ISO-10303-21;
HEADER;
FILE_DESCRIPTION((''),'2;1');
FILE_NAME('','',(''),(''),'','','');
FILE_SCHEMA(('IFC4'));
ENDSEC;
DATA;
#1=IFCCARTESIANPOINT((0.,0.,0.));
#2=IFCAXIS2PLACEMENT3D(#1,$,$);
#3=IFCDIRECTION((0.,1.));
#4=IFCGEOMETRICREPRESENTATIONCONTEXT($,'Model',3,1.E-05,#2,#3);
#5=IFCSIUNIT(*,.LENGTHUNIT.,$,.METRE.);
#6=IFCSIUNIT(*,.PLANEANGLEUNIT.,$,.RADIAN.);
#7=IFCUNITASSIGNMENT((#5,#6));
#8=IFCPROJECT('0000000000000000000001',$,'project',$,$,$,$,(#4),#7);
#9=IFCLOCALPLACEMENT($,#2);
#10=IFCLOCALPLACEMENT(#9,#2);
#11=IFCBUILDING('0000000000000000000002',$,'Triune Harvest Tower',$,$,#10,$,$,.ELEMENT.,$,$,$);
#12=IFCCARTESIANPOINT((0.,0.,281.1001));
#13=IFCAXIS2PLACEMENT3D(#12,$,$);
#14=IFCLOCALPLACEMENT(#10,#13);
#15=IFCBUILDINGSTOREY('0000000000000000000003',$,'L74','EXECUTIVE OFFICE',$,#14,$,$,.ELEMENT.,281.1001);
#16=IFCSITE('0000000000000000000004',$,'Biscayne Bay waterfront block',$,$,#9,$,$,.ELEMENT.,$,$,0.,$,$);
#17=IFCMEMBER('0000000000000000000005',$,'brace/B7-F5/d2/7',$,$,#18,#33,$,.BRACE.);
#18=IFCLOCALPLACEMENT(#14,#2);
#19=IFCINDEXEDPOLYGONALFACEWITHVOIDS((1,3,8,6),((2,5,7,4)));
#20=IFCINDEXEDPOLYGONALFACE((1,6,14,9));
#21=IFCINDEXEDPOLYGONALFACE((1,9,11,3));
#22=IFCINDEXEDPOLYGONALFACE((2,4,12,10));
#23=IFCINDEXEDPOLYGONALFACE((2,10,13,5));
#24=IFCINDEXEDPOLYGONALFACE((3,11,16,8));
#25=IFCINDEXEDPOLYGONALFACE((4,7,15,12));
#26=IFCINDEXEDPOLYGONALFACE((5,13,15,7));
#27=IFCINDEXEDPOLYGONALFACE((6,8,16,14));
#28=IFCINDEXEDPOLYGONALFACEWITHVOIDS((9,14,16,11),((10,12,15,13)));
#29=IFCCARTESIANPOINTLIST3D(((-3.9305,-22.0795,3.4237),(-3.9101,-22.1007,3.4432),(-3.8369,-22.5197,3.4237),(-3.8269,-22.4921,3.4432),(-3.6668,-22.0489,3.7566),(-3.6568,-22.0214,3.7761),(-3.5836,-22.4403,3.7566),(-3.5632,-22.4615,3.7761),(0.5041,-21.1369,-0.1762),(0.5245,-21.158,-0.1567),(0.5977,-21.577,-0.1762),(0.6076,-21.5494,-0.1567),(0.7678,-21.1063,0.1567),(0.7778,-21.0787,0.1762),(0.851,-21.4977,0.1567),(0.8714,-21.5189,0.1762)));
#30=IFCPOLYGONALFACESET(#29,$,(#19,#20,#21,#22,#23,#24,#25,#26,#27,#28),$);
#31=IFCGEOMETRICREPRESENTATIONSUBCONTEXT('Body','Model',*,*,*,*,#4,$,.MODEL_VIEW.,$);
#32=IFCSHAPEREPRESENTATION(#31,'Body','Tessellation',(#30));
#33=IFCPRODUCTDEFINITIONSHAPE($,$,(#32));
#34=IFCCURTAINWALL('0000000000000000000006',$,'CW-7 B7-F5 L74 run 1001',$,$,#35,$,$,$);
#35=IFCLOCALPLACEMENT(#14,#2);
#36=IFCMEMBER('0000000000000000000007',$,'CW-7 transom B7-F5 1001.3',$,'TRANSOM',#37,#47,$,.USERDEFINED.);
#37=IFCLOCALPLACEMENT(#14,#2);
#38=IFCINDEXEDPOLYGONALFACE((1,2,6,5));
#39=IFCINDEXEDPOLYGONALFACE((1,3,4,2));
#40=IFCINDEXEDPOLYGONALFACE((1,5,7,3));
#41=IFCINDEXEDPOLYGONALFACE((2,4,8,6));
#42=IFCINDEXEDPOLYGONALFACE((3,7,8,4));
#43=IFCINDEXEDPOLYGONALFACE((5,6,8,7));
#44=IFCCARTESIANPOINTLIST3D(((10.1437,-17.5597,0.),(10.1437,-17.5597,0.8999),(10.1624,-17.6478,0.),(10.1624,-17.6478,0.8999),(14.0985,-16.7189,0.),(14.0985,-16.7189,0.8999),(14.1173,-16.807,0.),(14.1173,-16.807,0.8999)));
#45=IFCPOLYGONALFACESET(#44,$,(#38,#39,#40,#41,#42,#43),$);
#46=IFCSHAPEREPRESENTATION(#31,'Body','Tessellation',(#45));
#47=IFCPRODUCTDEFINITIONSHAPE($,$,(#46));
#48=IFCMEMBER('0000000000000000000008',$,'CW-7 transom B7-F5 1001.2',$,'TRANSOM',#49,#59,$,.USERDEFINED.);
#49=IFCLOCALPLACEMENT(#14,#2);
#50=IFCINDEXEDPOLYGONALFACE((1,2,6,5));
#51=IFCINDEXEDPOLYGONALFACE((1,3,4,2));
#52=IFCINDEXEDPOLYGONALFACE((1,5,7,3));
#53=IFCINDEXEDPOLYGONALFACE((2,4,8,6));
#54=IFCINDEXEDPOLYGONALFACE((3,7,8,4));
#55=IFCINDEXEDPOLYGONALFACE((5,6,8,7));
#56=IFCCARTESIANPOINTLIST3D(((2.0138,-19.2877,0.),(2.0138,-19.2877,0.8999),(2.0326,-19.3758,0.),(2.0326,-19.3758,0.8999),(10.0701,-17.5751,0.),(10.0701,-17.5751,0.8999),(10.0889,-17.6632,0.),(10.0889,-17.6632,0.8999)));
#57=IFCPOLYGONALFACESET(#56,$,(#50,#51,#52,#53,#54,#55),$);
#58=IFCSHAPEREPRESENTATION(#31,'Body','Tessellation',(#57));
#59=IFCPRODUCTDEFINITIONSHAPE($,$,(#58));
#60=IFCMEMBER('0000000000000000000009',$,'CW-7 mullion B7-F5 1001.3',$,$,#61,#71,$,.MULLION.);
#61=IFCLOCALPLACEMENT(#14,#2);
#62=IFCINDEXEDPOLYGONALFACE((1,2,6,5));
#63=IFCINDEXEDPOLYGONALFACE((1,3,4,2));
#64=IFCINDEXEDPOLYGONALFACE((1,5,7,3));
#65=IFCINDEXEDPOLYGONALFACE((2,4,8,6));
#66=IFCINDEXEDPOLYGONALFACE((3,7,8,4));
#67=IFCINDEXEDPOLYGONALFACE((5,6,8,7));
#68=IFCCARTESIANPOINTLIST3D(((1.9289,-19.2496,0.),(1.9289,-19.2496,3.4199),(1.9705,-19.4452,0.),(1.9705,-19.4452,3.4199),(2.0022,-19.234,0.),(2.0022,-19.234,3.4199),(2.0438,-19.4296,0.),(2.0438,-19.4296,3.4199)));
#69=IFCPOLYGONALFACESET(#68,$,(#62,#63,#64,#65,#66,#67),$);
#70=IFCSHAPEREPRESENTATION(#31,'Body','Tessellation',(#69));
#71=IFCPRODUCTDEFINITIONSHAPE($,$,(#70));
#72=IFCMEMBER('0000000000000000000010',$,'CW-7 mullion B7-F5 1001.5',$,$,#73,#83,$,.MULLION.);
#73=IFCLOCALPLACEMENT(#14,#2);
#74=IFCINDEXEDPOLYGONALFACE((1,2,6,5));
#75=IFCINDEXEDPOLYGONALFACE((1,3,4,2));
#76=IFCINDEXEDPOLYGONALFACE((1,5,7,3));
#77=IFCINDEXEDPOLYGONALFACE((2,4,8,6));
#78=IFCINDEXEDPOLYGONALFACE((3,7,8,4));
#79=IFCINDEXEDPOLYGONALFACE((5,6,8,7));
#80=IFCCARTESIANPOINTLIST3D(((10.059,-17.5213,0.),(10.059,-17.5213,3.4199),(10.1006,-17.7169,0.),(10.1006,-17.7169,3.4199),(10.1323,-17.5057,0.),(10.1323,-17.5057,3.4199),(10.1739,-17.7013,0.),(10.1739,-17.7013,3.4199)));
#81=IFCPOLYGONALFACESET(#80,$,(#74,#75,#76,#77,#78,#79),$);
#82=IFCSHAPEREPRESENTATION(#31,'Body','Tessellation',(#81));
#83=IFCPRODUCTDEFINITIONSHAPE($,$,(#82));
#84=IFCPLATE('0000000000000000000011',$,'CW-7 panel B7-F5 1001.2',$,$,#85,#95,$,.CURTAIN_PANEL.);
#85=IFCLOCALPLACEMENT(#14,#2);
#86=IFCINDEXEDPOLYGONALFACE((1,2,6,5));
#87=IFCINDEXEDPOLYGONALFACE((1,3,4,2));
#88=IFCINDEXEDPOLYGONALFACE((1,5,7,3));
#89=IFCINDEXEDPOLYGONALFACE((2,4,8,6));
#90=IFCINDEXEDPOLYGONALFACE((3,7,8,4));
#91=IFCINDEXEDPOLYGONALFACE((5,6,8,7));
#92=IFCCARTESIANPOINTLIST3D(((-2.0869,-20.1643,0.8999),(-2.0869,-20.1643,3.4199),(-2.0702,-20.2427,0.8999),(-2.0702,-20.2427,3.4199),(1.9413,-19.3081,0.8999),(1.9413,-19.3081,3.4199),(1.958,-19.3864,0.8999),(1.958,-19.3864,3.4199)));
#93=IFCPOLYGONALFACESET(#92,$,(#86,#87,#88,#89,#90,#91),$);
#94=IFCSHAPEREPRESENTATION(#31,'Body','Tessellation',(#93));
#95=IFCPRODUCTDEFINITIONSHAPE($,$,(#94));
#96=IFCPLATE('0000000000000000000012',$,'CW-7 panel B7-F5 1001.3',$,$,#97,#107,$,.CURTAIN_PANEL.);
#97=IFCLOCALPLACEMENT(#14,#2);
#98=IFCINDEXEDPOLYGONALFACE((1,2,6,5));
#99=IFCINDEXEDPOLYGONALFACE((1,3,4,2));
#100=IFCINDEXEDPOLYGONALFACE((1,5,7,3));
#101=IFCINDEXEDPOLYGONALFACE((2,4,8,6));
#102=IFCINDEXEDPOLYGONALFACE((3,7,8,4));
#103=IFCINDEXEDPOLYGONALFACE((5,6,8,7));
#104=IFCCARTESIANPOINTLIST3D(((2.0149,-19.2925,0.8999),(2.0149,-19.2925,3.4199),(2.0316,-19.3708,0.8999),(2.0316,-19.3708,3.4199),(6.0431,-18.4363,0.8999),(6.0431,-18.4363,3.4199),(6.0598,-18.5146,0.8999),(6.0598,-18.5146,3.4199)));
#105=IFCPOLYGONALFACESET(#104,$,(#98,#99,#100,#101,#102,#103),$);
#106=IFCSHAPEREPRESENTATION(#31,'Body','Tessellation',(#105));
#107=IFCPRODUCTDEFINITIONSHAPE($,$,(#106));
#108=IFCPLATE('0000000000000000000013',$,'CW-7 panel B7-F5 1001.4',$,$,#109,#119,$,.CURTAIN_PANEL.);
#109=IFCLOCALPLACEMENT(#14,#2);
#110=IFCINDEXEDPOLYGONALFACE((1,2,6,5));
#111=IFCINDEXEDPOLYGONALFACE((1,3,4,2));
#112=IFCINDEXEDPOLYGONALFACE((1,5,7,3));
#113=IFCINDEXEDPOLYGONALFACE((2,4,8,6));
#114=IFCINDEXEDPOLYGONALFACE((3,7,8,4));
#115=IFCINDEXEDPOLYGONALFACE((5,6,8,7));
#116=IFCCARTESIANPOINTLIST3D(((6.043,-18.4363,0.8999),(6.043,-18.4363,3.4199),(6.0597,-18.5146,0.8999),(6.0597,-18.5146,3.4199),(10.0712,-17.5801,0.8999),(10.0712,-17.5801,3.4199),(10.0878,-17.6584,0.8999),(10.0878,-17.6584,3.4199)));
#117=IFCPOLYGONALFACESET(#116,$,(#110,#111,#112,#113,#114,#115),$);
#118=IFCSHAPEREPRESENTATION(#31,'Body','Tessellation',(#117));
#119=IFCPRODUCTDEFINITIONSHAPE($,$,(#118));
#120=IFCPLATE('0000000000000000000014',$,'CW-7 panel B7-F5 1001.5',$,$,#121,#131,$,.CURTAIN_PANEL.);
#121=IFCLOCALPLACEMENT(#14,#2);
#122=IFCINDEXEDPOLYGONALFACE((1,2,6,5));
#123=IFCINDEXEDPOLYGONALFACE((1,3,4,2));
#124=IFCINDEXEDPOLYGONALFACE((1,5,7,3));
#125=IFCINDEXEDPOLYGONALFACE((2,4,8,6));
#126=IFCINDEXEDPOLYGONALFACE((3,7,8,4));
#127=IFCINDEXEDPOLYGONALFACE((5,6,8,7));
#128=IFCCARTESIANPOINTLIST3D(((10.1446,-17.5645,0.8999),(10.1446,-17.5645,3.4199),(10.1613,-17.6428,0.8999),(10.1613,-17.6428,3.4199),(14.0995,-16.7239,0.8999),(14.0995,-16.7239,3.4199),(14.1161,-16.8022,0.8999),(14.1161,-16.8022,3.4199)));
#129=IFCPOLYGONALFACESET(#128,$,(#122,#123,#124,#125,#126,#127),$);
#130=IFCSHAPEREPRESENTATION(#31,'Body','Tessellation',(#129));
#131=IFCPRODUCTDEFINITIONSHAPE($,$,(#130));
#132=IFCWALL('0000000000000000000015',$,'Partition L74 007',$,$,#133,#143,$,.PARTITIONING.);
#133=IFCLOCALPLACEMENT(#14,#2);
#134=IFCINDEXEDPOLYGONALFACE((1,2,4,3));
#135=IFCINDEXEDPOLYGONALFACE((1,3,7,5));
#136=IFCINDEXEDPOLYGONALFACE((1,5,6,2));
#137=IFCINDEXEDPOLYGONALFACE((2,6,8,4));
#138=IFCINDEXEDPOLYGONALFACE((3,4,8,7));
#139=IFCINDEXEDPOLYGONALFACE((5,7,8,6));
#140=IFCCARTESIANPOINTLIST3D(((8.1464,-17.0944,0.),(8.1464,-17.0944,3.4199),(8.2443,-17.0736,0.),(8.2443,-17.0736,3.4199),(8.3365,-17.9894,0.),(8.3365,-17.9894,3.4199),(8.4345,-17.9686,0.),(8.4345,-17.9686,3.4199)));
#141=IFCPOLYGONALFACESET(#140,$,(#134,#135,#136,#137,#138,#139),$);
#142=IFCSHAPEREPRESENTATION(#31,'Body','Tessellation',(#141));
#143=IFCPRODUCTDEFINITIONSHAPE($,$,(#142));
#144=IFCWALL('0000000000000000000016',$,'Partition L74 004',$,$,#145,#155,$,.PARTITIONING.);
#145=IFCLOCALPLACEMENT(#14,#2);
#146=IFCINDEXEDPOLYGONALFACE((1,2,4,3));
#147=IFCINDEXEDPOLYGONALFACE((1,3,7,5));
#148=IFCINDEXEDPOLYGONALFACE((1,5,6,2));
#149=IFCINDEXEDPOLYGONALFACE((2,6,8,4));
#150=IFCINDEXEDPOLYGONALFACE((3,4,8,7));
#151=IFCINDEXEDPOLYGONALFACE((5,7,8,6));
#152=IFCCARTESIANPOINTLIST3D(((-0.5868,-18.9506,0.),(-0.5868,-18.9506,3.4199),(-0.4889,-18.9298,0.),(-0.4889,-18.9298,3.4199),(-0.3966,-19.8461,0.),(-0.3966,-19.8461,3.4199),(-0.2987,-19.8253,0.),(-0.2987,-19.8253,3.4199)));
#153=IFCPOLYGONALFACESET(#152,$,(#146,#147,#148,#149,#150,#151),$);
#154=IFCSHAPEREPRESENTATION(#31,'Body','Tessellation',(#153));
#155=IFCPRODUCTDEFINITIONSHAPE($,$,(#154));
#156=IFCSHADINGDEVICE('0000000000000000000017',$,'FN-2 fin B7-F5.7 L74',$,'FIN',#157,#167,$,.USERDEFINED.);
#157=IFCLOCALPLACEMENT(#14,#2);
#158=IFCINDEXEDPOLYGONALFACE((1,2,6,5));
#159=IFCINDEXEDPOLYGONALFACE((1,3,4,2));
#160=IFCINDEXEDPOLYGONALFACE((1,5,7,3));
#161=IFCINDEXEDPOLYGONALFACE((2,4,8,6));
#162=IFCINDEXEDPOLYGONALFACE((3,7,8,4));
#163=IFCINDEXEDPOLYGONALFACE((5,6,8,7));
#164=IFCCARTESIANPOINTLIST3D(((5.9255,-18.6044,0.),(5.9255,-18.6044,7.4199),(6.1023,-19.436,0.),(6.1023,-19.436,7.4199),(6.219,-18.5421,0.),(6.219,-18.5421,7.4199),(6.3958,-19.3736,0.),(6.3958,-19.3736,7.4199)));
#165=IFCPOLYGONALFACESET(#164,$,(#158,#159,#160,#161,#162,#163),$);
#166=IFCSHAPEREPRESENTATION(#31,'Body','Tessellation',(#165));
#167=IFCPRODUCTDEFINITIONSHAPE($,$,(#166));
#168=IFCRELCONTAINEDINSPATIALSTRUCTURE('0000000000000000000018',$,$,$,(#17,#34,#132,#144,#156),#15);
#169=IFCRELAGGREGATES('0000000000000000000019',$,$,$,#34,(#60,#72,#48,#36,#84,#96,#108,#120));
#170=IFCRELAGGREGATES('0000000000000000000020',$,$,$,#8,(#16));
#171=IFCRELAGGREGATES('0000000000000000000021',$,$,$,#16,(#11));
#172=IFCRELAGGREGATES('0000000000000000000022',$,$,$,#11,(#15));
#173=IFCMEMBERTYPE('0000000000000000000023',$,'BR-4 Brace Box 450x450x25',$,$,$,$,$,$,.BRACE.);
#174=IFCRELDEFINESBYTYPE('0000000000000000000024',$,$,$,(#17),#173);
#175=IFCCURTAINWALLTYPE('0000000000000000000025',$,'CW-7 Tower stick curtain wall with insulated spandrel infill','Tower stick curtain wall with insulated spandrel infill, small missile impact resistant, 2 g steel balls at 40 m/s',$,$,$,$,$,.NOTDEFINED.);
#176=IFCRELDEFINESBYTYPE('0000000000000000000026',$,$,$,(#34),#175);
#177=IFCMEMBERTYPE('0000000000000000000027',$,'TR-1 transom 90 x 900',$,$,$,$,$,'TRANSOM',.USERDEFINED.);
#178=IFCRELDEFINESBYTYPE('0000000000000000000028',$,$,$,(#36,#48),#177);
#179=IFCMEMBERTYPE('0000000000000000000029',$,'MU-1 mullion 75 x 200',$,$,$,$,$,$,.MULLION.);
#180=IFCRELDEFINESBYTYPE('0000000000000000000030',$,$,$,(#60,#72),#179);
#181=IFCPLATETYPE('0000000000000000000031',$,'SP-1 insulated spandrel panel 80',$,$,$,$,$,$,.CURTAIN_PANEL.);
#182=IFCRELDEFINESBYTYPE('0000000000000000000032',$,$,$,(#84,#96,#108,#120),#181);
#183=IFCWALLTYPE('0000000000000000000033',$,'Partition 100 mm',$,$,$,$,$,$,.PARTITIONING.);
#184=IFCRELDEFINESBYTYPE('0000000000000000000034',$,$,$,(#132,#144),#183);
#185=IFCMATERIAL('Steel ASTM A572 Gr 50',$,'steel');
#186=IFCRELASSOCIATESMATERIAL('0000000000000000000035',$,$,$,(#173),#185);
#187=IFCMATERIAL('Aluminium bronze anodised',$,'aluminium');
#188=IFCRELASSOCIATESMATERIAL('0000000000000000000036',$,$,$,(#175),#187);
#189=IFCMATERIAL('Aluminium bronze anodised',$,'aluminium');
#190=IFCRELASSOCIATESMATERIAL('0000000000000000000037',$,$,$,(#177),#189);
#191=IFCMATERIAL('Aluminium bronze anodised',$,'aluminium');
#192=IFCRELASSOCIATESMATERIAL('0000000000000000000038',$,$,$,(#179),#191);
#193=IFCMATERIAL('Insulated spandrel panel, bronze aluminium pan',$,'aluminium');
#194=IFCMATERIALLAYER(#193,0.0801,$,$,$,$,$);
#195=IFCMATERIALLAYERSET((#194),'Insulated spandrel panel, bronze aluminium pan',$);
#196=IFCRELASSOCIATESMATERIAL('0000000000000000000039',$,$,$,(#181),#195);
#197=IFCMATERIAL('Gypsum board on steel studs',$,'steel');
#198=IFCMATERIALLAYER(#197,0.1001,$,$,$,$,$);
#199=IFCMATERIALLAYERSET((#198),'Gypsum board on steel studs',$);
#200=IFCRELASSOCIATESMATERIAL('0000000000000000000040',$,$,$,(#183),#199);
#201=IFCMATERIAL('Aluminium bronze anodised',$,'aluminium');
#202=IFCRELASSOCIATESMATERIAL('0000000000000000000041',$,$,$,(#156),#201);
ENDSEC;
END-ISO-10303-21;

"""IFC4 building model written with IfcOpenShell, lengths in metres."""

from ifc_helpers import new_model, si_unit, direction, frame, frame_2d, origin, origin_2d, place, context, subcontext, project, spatial, rectangle, hollow_rectangle, extrude, source, transform, mapped, material, layer, layer_set, material_profile, profile_set, type_object, element, aggregate, save


model = new_model("IFC4")

# Units and contexts
model_context = context("Model", 3, precision=1e-05, world=origin(), true_north=direction((0.0, 1.0)))
body_context = subcontext(model_context, "Body", "Model", "MODEL_VIEW")
ifc_project = project(units=[si_unit("LENGTHUNIT", "METRE"), si_unit("PLANEANGLEUNIT", "RADIAN")], contexts=[model_context])

# Site, building, storey
site_placement = place(None, origin())
site = spatial("IfcSite", under=ifc_project, at=site_placement, Name="Biscayne Bay waterfront block", CompositionType="ELEMENT", RefElevation=0.0)
building_placement = place(site_placement, origin())
building = spatial("IfcBuilding", under=site, at=building_placement, Name="Triune Harvest Tower", CompositionType="ELEMENT")
storey_placement = place(building_placement, frame((0.0, 0.0, 281.1001)))
storey = spatial("IfcBuildingStorey", under=building, at=storey_placement, Name="L74", Description="EXECUTIVE OFFICE", CompositionType="ELEMENT", Elevation=281.1001)

# Member
ifc_material_1 = material(Name="Steel ASTM A572 Gr 50", Category="steel")
ifc_material_profile_1 = material_profile(ifc_material_1, hollow_rectangle(XDim=0.45, YDim=0.45, WallThickness=0.0249, at=origin_2d()), Name="Box 450x450x25")
ifc_profile_set_1 = profile_set([ifc_material_profile_1], Name="Steel ASTM A572 Gr 50")
member_type_1 = type_object("IfcMemberType", Name="BR-4 Brace Box 450x450x25", PredefinedType="BRACE", material=ifc_profile_set_1)
shared_shape_1 = source(origin(), body_context, "Body", "SweptSolid", [
    extrude(hollow_rectangle(XDim=0.45, YDim=0.45, WallThickness=0.0249, at=origin_2d()), origin(), (0.0, 0.0, 1.0), 5.7891),
])
for number, where, z_axis, x_axis, name in (
    (1, (0.6877, -21.3279, 0.0), (-0.76603, -0.16283, 0.62184), (0.207918, -0.978146, 0.0), "brace/B7-F5/d2/7"),
):
    element("IfcMember", number, at=place(storey_placement, frame(where, z_axis=z_axis, x_axis=x_axis)), inside=storey, type_object=member_type_1, Name=name, PredefinedType="BRACE", context=body_context, shape_type="MappedRepresentation", body=[
        mapped(shared_shape_1, transform((0.0, 0.0, 0.0), scale=1.0)),
    ])

# Curtain wall, members, plates
ifc_material_2 = material(Name="Aluminium bronze anodised", Category="aluminium")
curtain_wall_type = type_object("IfcCurtainWallType", Name="CW-7 Tower stick curtain wall with insulated spandrel infill", Description="Tower stick curtain wall with insulated spandrel infill, small missile impact resistant, 2 g steel balls at 40 m/s", PredefinedType="NOTDEFINED", material=ifc_material_2)
curtain_wall_placement = place(storey_placement, origin())
curtain_wall = element("IfcCurtainWall", 2, at=curtain_wall_placement, inside=storey, type_object=curtain_wall_type, Name="CW-7 B7-F5 L74 run 1001")
ifc_material_3 = material(Name="Aluminium bronze anodised", Category="aluminium")
ifc_material_profile_2 = material_profile(ifc_material_3, rectangle(XDim=0.0901, YDim=0.8999, at=origin_2d()), Name="TR-1 transom 90 x 900")
ifc_profile_set_2 = profile_set([ifc_material_profile_2], Name="Aluminium bronze anodised")
member_type_2 = type_object("IfcMemberType", Name="TR-1 transom 90 x 900", ElementType="TRANSOM", PredefinedType="USERDEFINED", material=ifc_profile_set_2)
shared_shape_2 = source(origin(), body_context, "Body", "SweptSolid", [
    extrude(rectangle(XDim=0.0901, YDim=0.8999, at=origin_2d()), origin(), (0.0, 0.0, 1.0), 4.0432),
])
member_1_placement = place(storey_placement, frame((10.1531, -17.6038, 0.45), z_axis=(0.978138, 0.207958, 0.0), x_axis=(-0.207958, 0.978138, 0.0)))
member_1 = element("IfcMember", 3, at=member_1_placement, type_object=member_type_2, Name="CW-7 transom B7-F5 1001.3", ObjectType="TRANSOM", PredefinedType="USERDEFINED", context=body_context, shape_type="MappedRepresentation", body=[
    mapped(shared_shape_2, transform((0.0, 0.0, 0.0), scale=1.0)),
])
shared_shape_3 = source(origin(), body_context, "Body", "SweptSolid", [
    extrude(rectangle(XDim=0.0901, YDim=0.8999, at=origin_2d()), origin(), (0.0, 0.0, 1.0), 8.2363),
])
member_2_placement = place(storey_placement, frame((2.0232, -19.3318, 0.45), z_axis=(0.978143, 0.207936, 0.0), x_axis=(-0.207936, 0.978143, 0.0)))
member_2 = element("IfcMember", 4, at=member_2_placement, type_object=member_type_2, Name="CW-7 transom B7-F5 1001.2", ObjectType="TRANSOM", PredefinedType="USERDEFINED", context=body_context, shape_type="MappedRepresentation", body=[
    mapped(shared_shape_3, transform((0.0, 0.0, 0.0), scale=1.0)),
])
ifc_material_4 = material(Name="Aluminium bronze anodised", Category="aluminium")
ifc_material_profile_3 = material_profile(ifc_material_4, rectangle(XDim=0.2, YDim=0.075, at=origin_2d()), Name="MU-1 mullion 75 x 200")
ifc_profile_set_3 = profile_set([ifc_material_profile_3], Name="Aluminium bronze anodised")
member_type_3 = type_object("IfcMemberType", Name="MU-1 mullion 75 x 200", PredefinedType="MULLION", material=ifc_profile_set_3)
shared_shape_4 = source(origin(), body_context, "Body", "SweptSolid", [
    extrude(rectangle(XDim=0.2, YDim=0.075, at=origin_2d()), origin(), (0.0, 0.0, 1.0), 3.4199),
])
member_3_placement = place(storey_placement, frame((1.9863, -19.3396, 0.0), z_axis=(0.0, 0.0, 1.0), x_axis=(-0.207913, 0.978147, 0.0)))
member_3 = element("IfcMember", 5, at=member_3_placement, type_object=member_type_3, Name="CW-7 mullion B7-F5 1001.3", PredefinedType="MULLION", context=body_context, shape_type="MappedRepresentation", body=[
    mapped(shared_shape_4, transform((0.0, 0.0, 0.0), scale=1.0)),
])
member_4_placement = place(storey_placement, frame((10.1165, -17.6113, 0.0), z_axis=(0.0, 0.0, 1.0), x_axis=(-0.207913, 0.978147, 0.0)))
member_4 = element("IfcMember", 6, at=member_4_placement, type_object=member_type_3, Name="CW-7 mullion B7-F5 1001.5", PredefinedType="MULLION", context=body_context, shape_type="MappedRepresentation", body=[
    mapped(shared_shape_4, transform((0.0, 0.0, 0.0), scale=1.0)),
])
ifc_material_5 = material(Name="Insulated spandrel panel, bronze aluminium pan", Category="aluminium")
ifc_layer_1 = layer(ifc_material_5, 0.0801)
ifc_layer_set_1 = layer_set([ifc_layer_1], Name="Insulated spandrel panel, bronze aluminium pan")
plate_type = type_object("IfcPlateType", Name="SP-1 insulated spandrel panel 80", PredefinedType="CURTAIN_PANEL", material=ifc_layer_set_1)
shared_shape_5 = source(origin(), body_context, "Body", "SweptSolid", [
    extrude(rectangle(XDim=4.1182, YDim=0.0801, at=origin_2d()), origin(), (0.0, 0.0, 1.0), 2.52),
])
plate_1_placement = place(storey_placement, frame((-0.0645, -19.7754, 0.8999), z_axis=(0.0, 0.0, 1.0), x_axis=(0.978147, 0.207913, 0.0)))
plate_1 = element("IfcPlate", 7, at=plate_1_placement, type_object=plate_type, Name="CW-7 panel B7-F5 1001.2", PredefinedType="CURTAIN_PANEL", context=body_context, shape_type="MappedRepresentation", body=[
    mapped(shared_shape_5, transform((0.0, 0.0, 0.0), scale=1.0)),
])
plate_2_placement = place(storey_placement, frame((4.0374, -18.9036, 0.8999), z_axis=(0.0, 0.0, 1.0), x_axis=(0.978147, 0.207913, 0.0)))
plate_2 = element("IfcPlate", 8, at=plate_2_placement, type_object=plate_type, Name="CW-7 panel B7-F5 1001.3", PredefinedType="CURTAIN_PANEL", context=body_context, shape_type="MappedRepresentation", body=[
    mapped(shared_shape_5, transform((0.0, 0.0, 0.0), scale=1.0)),
])
plate_3_placement = place(storey_placement, frame((8.0654, -18.0474, 0.8999), z_axis=(0.0, 0.0, 1.0), x_axis=(0.978147, 0.207913, 0.0)))
plate_3 = element("IfcPlate", 9, at=plate_3_placement, type_object=plate_type, Name="CW-7 panel B7-F5 1001.4", PredefinedType="CURTAIN_PANEL", context=body_context, shape_type="MappedRepresentation", body=[
    mapped(shared_shape_5, transform((0.0, 0.0, 0.0), scale=1.0)),
])
shared_shape_6 = source(origin(), body_context, "Body", "SweptSolid", [
    extrude(rectangle(XDim=4.0432, YDim=0.0801, at=origin_2d()), origin(), (0.0, 0.0, 1.0), 2.52),
])
plate_4_placement = place(storey_placement, frame((12.1304, -17.1833, 0.8999), z_axis=(0.0, 0.0, 1.0), x_axis=(0.978147, 0.207913, 0.0)))
plate_4 = element("IfcPlate", 10, at=plate_4_placement, type_object=plate_type, Name="CW-7 panel B7-F5 1001.5", PredefinedType="CURTAIN_PANEL", context=body_context, shape_type="MappedRepresentation", body=[
    mapped(shared_shape_6, transform((0.0, 0.0, 0.0), scale=1.0)),
])
aggregate(curtain_wall, [member_3, member_4, member_2, member_1, plate_1, plate_2, plate_3, plate_4])

# Walls
ifc_material_6 = material(Name="Gypsum board on steel studs", Category="steel")
ifc_layer_2 = layer(ifc_material_6, 0.1001)
ifc_layer_set_2 = layer_set([ifc_layer_2], Name="Gypsum board on steel studs")
wall_type = type_object("IfcWallType", Name="Partition 100 mm", PredefinedType="PARTITIONING", material=ifc_layer_set_2)
wall_1_placement = place(storey_placement, frame((8.1953, -17.084, 0.0), z_axis=(0.0, 0.0, 1.0), x_axis=(0.207852, -0.97816, 0.0)))
element("IfcWall", 11, at=wall_1_placement, inside=storey, type_object=wall_type, Name="Partition L74 007", PredefinedType="PARTITIONING", context=body_context, shape_type="SweptSolid", body=[
    extrude(rectangle(XDim=0.915, YDim=0.1001, at=frame_2d((0.4575, 0.0))), origin(), (0.0, 0.0, 1.0), 3.4199),
])
shared_shape_7 = source(origin(), body_context, "Body", "SweptSolid", [
    extrude(rectangle(XDim=0.9155, YDim=0.1001, at=frame_2d((0.4578, 0.0))), origin(), (0.0, 0.0, 1.0), 3.4199),
])
wall_2_placement = place(storey_placement, frame((-0.5378, -18.9402, 0.0), z_axis=(0.0, 0.0, 1.0), x_axis=(0.207744, -0.978183, 0.0)))
element("IfcWall", 12, at=wall_2_placement, inside=storey, type_object=wall_type, Name="Partition L74 004", PredefinedType="PARTITIONING", context=body_context, shape_type="MappedRepresentation", body=[
    mapped(shared_shape_7, transform((0.0, 0.0, 0.0), scale=1.0)),
])

# Shading device
ifc_material_7 = material(Name="Aluminium bronze anodised", Category="aluminium")
shared_shape_8 = source(origin(), body_context, "Body", "SweptSolid", [
    extrude(rectangle(XDim=0.3, YDim=0.8501, at=origin_2d()), origin(), (0.0, 0.0, 1.0), 7.4199),
])
shading_device_placement = place(storey_placement, frame((6.1606, -18.989, 0.0), z_axis=(0.0, 0.0, 1.0), x_axis=(0.978148, 0.207911, 0.0)))
element("IfcShadingDevice", 13, at=shading_device_placement, inside=storey, material=ifc_material_7, Name="FN-2 fin B7-F5.7 L74", ObjectType="FIN", PredefinedType="USERDEFINED", context=body_context, shape_type="MappedRepresentation", body=[
    mapped(shared_shape_8, transform((0.0, 0.0, 0.0), scale=1.0)),
])

save(model, "model.ifc")
